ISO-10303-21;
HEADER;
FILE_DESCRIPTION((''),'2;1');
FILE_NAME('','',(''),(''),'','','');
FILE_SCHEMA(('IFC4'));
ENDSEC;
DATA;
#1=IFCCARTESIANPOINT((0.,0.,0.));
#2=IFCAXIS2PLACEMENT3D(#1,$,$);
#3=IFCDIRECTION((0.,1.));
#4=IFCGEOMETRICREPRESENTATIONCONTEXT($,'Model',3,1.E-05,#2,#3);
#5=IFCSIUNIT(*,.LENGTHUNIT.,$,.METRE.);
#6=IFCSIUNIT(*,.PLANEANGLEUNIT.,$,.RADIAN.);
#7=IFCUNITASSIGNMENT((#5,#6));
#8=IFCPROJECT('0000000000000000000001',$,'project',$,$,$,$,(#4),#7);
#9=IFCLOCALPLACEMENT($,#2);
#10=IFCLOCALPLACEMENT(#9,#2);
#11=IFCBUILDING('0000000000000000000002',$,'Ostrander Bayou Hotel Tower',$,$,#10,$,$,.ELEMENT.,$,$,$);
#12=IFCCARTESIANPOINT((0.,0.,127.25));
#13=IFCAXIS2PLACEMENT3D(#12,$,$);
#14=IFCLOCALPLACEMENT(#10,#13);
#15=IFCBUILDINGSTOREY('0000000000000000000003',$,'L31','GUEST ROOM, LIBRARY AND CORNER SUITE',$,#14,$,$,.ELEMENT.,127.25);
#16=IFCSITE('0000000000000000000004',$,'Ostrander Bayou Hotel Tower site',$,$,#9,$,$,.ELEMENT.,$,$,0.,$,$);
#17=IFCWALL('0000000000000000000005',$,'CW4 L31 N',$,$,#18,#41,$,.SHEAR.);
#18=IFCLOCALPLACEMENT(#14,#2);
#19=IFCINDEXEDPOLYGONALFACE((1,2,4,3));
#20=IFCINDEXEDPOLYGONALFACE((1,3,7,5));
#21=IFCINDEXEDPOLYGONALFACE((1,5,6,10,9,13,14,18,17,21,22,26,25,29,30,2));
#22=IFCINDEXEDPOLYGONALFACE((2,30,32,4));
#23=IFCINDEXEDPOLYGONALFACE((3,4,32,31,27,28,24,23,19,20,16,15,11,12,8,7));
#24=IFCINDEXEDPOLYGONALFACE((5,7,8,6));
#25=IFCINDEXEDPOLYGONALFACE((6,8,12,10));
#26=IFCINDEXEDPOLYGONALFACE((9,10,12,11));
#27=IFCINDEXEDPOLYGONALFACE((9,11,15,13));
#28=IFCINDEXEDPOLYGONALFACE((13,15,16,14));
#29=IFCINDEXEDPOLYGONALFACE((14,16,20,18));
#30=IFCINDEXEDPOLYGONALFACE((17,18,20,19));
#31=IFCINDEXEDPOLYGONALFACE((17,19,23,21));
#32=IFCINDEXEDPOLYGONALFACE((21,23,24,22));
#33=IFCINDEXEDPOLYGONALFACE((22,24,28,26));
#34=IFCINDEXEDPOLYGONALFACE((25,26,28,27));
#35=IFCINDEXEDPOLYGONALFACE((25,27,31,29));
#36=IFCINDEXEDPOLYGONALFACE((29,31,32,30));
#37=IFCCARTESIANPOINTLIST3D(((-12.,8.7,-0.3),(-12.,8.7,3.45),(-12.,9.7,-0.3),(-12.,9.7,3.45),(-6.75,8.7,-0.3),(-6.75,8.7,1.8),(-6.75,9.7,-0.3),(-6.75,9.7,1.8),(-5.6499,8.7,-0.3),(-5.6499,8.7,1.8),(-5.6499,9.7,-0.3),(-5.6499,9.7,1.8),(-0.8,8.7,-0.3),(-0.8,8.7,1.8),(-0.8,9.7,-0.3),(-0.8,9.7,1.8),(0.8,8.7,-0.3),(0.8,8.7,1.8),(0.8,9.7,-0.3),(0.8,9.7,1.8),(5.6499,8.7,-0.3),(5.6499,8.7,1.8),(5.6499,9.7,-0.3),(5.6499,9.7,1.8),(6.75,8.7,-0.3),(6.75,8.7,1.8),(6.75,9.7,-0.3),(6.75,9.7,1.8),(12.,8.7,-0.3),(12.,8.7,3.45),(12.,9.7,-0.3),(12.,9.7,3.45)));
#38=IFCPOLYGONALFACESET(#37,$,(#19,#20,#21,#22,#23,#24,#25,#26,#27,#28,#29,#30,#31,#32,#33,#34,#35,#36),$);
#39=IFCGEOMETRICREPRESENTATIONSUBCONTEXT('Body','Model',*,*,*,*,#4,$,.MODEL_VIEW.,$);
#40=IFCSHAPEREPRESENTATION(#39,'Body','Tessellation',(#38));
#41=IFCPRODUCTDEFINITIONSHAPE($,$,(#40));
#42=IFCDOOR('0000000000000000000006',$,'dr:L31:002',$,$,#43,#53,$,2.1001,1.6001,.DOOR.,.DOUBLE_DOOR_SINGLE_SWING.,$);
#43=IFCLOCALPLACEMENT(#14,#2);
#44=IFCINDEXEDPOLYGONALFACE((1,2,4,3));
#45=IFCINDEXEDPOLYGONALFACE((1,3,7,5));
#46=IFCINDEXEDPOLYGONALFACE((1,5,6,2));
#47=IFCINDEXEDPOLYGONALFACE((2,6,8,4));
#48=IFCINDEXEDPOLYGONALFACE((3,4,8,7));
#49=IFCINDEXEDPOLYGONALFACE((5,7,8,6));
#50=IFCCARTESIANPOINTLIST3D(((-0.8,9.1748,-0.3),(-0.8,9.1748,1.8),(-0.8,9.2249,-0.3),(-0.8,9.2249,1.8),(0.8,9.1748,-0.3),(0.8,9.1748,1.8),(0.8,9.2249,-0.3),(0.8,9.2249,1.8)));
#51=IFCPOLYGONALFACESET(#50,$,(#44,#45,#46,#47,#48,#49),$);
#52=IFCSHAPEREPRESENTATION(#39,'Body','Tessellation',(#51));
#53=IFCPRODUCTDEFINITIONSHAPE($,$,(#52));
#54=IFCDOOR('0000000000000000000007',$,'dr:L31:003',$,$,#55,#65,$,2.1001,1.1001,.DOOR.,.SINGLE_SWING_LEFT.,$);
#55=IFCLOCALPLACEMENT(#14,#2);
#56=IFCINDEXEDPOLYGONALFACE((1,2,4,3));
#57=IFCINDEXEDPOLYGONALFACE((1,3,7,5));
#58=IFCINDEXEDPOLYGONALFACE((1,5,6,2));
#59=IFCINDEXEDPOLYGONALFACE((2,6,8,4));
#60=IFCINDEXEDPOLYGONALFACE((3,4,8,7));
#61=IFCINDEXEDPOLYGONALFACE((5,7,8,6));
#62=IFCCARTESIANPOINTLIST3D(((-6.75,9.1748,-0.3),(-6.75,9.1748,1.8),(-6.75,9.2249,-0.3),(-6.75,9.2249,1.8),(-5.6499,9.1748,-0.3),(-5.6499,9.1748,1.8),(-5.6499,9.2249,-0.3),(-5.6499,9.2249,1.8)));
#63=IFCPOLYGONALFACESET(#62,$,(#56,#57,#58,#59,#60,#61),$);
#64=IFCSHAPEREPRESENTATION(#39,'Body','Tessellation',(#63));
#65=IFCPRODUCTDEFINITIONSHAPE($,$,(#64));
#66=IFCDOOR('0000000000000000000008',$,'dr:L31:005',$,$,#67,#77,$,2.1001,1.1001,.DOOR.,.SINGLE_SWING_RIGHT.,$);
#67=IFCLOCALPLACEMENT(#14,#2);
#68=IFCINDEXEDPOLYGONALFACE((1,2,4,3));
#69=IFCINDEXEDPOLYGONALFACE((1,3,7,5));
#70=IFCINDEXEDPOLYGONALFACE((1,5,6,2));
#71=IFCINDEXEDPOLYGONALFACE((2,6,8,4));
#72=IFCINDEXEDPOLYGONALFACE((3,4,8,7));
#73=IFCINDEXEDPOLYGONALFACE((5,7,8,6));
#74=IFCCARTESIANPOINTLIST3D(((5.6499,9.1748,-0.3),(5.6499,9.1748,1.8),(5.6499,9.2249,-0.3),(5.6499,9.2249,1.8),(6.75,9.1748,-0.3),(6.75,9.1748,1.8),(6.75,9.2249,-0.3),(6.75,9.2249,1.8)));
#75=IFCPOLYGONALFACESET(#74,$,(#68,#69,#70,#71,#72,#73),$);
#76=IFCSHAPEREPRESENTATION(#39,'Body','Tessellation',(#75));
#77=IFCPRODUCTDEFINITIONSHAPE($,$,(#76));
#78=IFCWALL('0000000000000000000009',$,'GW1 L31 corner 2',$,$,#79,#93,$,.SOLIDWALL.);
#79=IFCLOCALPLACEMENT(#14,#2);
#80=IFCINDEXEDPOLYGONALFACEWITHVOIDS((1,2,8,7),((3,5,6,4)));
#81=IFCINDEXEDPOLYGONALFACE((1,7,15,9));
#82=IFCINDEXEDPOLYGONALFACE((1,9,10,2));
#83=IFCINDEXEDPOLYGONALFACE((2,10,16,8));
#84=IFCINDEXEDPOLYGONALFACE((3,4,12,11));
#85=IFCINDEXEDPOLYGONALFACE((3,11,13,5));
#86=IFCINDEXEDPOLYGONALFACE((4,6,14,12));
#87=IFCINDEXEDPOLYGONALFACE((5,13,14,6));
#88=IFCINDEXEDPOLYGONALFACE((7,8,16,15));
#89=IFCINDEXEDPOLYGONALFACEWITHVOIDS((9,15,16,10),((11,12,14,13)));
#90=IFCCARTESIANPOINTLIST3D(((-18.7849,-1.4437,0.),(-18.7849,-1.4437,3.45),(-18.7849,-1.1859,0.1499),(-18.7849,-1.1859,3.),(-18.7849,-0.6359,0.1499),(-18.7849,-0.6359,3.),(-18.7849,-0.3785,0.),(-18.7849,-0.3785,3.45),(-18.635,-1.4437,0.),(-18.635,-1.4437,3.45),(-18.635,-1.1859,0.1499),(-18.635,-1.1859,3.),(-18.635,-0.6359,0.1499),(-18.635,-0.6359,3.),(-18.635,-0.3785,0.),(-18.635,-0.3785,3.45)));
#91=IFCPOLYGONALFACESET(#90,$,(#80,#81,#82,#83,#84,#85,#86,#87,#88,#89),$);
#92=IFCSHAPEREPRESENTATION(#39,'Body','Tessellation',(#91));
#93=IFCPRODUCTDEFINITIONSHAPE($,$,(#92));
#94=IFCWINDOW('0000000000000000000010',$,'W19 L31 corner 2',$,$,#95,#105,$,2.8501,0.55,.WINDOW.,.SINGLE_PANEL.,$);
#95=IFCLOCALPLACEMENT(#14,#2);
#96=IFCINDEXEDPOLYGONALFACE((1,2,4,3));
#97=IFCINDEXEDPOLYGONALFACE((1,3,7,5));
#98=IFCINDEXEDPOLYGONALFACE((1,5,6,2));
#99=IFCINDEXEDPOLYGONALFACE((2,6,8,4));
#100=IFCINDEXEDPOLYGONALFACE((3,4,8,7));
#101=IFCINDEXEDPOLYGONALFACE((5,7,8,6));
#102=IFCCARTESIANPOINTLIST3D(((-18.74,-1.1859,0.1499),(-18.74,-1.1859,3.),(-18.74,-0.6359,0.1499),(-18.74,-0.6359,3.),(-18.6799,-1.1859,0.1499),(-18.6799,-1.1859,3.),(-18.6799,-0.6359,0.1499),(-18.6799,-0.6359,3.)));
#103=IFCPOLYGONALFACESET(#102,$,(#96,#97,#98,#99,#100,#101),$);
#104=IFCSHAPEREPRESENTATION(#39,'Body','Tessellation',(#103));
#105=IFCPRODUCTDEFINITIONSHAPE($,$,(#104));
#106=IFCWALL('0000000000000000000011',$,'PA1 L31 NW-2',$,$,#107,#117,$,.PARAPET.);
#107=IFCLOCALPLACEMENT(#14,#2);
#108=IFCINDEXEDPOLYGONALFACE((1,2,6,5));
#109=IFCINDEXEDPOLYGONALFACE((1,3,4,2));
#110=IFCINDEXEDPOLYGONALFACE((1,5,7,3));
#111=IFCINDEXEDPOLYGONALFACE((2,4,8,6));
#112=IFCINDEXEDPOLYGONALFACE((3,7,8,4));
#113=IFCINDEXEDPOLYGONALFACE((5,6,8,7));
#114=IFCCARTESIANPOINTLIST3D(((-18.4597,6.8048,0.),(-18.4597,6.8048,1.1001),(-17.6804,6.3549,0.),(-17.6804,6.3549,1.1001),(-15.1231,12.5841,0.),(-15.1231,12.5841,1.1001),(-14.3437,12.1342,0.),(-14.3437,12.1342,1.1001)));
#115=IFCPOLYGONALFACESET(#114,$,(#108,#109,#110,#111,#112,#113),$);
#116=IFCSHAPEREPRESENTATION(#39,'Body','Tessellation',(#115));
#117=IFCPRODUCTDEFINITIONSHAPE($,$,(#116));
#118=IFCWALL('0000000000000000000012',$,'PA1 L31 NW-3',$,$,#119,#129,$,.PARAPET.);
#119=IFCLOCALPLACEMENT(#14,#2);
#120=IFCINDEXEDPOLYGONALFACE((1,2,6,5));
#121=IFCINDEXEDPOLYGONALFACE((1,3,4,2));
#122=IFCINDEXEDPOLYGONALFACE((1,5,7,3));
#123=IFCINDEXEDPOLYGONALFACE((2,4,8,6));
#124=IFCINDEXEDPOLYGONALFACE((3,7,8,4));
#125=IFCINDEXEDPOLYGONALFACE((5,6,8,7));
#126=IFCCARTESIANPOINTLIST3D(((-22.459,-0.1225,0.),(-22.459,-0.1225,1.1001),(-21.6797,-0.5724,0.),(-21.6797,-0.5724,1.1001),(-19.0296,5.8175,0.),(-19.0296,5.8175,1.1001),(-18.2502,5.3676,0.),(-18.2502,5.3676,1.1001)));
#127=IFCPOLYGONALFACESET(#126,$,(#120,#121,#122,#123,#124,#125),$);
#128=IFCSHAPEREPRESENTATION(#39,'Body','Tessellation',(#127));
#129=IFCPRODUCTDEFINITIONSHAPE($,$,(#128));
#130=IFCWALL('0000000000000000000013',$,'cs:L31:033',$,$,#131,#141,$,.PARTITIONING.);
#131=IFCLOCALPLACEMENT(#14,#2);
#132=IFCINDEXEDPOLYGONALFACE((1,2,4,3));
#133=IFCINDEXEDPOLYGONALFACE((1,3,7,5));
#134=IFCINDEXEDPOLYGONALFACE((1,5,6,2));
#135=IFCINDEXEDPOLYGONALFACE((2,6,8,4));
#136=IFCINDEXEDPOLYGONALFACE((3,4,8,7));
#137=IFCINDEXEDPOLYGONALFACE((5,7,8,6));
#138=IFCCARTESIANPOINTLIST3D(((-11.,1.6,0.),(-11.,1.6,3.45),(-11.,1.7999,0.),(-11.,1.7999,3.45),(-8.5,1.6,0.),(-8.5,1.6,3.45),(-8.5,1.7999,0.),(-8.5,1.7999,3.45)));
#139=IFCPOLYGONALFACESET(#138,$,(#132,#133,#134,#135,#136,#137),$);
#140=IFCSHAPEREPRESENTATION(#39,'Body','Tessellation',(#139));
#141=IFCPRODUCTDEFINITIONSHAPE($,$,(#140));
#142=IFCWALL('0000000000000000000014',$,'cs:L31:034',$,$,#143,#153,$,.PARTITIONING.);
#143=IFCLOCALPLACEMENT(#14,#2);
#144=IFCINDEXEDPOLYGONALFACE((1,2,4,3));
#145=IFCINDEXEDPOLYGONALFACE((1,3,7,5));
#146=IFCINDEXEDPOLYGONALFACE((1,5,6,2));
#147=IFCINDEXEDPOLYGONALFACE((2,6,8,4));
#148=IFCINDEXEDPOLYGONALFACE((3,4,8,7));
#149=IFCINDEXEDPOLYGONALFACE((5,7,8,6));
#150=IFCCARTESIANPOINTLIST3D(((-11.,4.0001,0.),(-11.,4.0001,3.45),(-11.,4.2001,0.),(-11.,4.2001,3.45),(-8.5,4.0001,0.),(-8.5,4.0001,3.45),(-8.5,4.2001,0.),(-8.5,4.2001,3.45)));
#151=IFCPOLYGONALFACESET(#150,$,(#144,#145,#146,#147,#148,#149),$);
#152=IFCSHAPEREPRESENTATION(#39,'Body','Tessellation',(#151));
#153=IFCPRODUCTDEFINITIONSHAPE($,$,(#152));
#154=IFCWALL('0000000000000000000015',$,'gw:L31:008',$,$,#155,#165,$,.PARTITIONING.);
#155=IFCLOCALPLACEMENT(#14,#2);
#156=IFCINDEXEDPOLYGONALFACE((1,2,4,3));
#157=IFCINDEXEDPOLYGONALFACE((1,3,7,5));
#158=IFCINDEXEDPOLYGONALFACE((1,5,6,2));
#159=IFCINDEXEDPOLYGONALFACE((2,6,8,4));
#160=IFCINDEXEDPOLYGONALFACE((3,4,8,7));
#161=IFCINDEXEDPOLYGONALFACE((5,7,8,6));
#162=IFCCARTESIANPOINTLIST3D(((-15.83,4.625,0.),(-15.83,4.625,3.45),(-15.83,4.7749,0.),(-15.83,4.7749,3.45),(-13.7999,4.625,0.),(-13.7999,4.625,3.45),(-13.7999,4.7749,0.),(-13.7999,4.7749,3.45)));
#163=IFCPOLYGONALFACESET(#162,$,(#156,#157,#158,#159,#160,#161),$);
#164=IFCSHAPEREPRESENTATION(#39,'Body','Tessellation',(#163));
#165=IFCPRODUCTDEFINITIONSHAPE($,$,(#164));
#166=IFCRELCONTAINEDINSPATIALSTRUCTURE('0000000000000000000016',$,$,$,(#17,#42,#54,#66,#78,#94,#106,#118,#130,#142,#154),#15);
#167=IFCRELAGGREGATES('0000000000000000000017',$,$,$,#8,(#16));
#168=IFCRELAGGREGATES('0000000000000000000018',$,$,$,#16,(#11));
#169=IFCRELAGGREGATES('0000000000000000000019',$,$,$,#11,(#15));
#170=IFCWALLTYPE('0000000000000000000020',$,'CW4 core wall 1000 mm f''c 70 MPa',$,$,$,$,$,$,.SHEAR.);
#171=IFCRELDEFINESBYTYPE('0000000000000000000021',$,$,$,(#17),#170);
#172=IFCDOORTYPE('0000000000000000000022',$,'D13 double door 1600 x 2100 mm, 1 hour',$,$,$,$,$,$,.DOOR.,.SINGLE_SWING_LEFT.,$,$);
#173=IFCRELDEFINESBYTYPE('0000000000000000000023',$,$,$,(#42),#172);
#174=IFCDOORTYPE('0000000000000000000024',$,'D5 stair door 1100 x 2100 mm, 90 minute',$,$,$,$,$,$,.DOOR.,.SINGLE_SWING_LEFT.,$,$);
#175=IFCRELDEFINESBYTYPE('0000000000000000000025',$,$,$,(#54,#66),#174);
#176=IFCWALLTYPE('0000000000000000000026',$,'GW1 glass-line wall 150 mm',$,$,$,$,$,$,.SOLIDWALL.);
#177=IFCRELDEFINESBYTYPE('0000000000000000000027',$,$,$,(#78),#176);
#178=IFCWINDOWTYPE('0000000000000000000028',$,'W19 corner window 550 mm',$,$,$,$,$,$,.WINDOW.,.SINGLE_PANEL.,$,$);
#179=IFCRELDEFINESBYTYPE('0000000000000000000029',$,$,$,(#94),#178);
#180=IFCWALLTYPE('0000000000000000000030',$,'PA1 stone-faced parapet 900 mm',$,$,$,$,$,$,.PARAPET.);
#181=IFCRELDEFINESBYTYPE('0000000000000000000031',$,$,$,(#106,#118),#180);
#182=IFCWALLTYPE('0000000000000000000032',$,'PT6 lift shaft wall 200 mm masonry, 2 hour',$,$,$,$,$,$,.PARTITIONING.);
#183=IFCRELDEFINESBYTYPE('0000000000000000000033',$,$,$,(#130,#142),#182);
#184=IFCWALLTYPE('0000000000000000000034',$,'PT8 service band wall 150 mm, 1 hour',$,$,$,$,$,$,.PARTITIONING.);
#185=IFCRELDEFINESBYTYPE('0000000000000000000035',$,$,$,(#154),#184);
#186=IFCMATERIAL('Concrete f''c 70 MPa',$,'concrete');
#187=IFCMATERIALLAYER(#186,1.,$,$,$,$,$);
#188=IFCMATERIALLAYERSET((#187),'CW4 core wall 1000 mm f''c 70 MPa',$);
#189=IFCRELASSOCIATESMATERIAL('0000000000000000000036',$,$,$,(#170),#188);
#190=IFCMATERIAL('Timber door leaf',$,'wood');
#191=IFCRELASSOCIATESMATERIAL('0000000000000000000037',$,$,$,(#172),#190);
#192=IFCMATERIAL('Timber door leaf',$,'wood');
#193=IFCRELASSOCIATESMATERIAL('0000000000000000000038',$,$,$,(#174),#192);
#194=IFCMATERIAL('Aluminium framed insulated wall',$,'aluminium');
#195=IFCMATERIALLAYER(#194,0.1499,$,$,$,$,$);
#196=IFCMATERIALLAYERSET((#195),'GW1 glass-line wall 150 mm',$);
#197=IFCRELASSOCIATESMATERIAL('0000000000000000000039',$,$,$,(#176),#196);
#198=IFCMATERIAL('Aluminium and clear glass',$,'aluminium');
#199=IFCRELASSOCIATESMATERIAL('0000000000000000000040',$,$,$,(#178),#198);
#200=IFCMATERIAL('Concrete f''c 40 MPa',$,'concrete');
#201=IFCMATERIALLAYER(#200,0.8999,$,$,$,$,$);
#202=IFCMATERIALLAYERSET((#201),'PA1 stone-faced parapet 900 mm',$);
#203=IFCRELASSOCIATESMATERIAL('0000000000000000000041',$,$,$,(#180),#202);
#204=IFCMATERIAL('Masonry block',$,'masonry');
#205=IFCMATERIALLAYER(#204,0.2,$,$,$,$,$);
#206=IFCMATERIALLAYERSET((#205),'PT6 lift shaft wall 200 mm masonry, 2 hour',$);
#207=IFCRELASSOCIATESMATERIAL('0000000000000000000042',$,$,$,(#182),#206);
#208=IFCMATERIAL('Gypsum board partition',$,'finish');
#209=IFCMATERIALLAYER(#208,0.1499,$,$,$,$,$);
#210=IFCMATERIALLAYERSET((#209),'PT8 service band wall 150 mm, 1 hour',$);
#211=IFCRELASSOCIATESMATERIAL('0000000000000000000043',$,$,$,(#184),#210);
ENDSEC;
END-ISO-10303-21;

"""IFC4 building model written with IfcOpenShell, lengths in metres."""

from ifc_helpers import new_model, si_unit, direction, frame, frame_2d, origin, place, context, subcontext, project, spatial, rectangle, extrude, material, layer, layer_set, type_object, element, fill, save


model = new_model("IFC4")

# Units and contexts
model_context = context("Model", 3, precision=1e-05, world=origin(), true_north=direction((0.0, 1.0)))
body_context = subcontext(model_context, "Body", "Model", "MODEL_VIEW")
ifc_project = project(units=[si_unit("LENGTHUNIT", "METRE"), si_unit("PLANEANGLEUNIT", "RADIAN")], contexts=[model_context])

# Site, building, storey
site_placement = place(None, origin())
site = spatial("IfcSite", under=ifc_project, at=site_placement, Name="Ostrander Bayou Hotel Tower site", CompositionType="ELEMENT", RefElevation=0.0)
building_placement = place(site_placement, origin())
building = spatial("IfcBuilding", under=site, at=building_placement, Name="Ostrander Bayou Hotel Tower", CompositionType="ELEMENT")
storey_placement = place(building_placement, frame((0.0, 0.0, 127.25)))
storey = spatial("IfcBuildingStorey", under=building, at=storey_placement, Name="L31", Description="GUEST ROOM, LIBRARY AND CORNER SUITE", CompositionType="ELEMENT", Elevation=127.25)

# Wall, openings, doors
ifc_material_1 = material(Name="Concrete f'c 70 MPa", Category="concrete")
ifc_layer_1 = layer(ifc_material_1, 1.0)
ifc_layer_set_1 = layer_set([ifc_layer_1], Name="CW4 core wall 1000 mm f'c 70 MPa")
wall_type_1 = type_object("IfcWallType", Name="CW4 core wall 1000 mm f'c 70 MPa", PredefinedType="SHEAR", material=ifc_layer_set_1)
wall_1_placement = place(storey_placement, frame((-12.0, 9.2, -0.3), z_axis=(0.0, 0.0, 1.0), x_axis=(1.0, 0.0, 0.0)))
wall_1 = element("IfcWall", 1, at=wall_1_placement, inside=storey, type_object=wall_type_1, Name="CW4 L31 N", PredefinedType="SHEAR", context=body_context, shape_type="SweptSolid", body=[
    extrude(rectangle(XDim=24.0, YDim=1.0, at=frame_2d((12.0, 0.0))), origin(), (0.0, 0.0, 1.0), 3.75),
])
opening_1_placement = place(wall_1_placement, frame((11.2, 0.0, 0.0)))
opening_1 = element("IfcOpeningElement", 2, at=opening_1_placement, cuts=wall_1, PredefinedType="OPENING", context=body_context, shape_type="SweptSolid", body=[
    extrude(rectangle(XDim=1.6001, YDim=2.1001, at=frame_2d((0.8, 1.05))), frame((0.0, 0.5, 0.0), z_axis=(0.0, -1.0, 0.0), x_axis=(1.0, 0.0, 0.0)), (0.0, 0.0, 1.0), 1.0),
])
opening_2_placement = place(wall_1_placement, frame((5.25, 0.0, 0.0)))
opening_2 = element("IfcOpeningElement", 3, at=opening_2_placement, cuts=wall_1, PredefinedType="OPENING", context=body_context, shape_type="SweptSolid", body=[
    extrude(rectangle(XDim=1.1001, YDim=2.1001, at=frame_2d((0.55, 1.05))), frame((0.0, 0.5, 0.0), z_axis=(0.0, -1.0, 0.0), x_axis=(1.0, 0.0, 0.0)), (0.0, 0.0, 1.0), 1.0),
])
opening_3_placement = place(wall_1_placement, frame((17.6499, 0.0, 0.0)))
opening_3 = element("IfcOpeningElement", 4, at=opening_3_placement, cuts=wall_1, PredefinedType="OPENING", context=body_context, shape_type="SweptSolid", body=[
    extrude(rectangle(XDim=1.1001, YDim=2.1001, at=frame_2d((0.55, 1.05))), frame((0.0, 0.5, 0.0), z_axis=(0.0, -1.0, 0.0), x_axis=(1.0, 0.0, 0.0)), (0.0, 0.0, 1.0), 1.0),
])
ifc_material_2 = material(Name="Timber door leaf", Category="wood")
door_type_1 = type_object("IfcDoorType", Name="D13 double door 1600 x 2100 mm, 1 hour", OperationType="SINGLE_SWING_LEFT", PredefinedType="DOOR", material=ifc_material_2)
door_1_placement = place(opening_1_placement, origin())
door_1 = element("IfcDoor", 5, at=door_1_placement, inside=storey, type_object=door_type_1, Name="dr:L31:002", OperationType="DOUBLE_DOOR_SINGLE_SWING", OverallHeight=2.1001, OverallWidth=1.6001, PredefinedType="DOOR", context=body_context, shape_type="SweptSolid", body=[
    extrude(rectangle(XDim=1.6001, YDim=2.1001, at=frame_2d((0.8, 1.05))), frame((0.0, 0.0249, 0.0), z_axis=(0.0, -1.0, 0.0), x_axis=(1.0, 0.0, 0.0)), (0.0, 0.0, 1.0), 0.05),
])
fill(opening_1, door_1)
ifc_material_3 = material(Name="Timber door leaf", Category="wood")
door_type_2 = type_object("IfcDoorType", Name="D5 stair door 1100 x 2100 mm, 90 minute", OperationType="SINGLE_SWING_LEFT", PredefinedType="DOOR", material=ifc_material_3)
door_2_placement = place(opening_2_placement, origin())
door_2 = element("IfcDoor", 6, at=door_2_placement, inside=storey, type_object=door_type_2, Name="dr:L31:003", OperationType="SINGLE_SWING_LEFT", OverallHeight=2.1001, OverallWidth=1.1001, PredefinedType="DOOR", context=body_context, shape_type="SweptSolid", body=[
    extrude(rectangle(XDim=1.1001, YDim=2.1001, at=frame_2d((0.55, 1.05))), frame((0.0, 0.0249, 0.0), z_axis=(0.0, -1.0, 0.0), x_axis=(1.0, 0.0, 0.0)), (0.0, 0.0, 1.0), 0.05),
])
fill(opening_2, door_2)
door_3_placement = place(opening_3_placement, origin())
door_3 = element("IfcDoor", 7, at=door_3_placement, inside=storey, type_object=door_type_2, Name="dr:L31:005", OperationType="SINGLE_SWING_RIGHT", OverallHeight=2.1001, OverallWidth=1.1001, PredefinedType="DOOR", context=body_context, shape_type="SweptSolid", body=[
    extrude(rectangle(XDim=1.1001, YDim=2.1001, at=frame_2d((0.55, 1.05))), frame((0.0, 0.0249, 0.0), z_axis=(0.0, -1.0, 0.0), x_axis=(1.0, 0.0, 0.0)), (0.0, 0.0, 1.0), 0.05),
])
fill(opening_3, door_3)

# Wall, opening, window
ifc_material_4 = material(Name="Aluminium framed insulated wall", Category="aluminium")
ifc_layer_2 = layer(ifc_material_4, 0.1499)
ifc_layer_set_2 = layer_set([ifc_layer_2], Name="GW1 glass-line wall 150 mm")
wall_type_2 = type_object("IfcWallType", Name="GW1 glass-line wall 150 mm", PredefinedType="SOLIDWALL", material=ifc_layer_set_2)
wall_2_placement = place(storey_placement, frame((-18.71, -0.3784, 0.0), z_axis=(0.0, 0.0, 1.0), x_axis=(0.0, -1.0, 0.0)))
wall_2 = element("IfcWall", 8, at=wall_2_placement, inside=storey, type_object=wall_type_2, Name="GW1 L31 corner 2", PredefinedType="SOLIDWALL", context=body_context, shape_type="SweptSolid", body=[
    extrude(rectangle(XDim=1.0652, YDim=0.1499, at=frame_2d((0.5327, 0.0))), origin(), (0.0, 0.0, 1.0), 3.45),
])
opening_4_placement = place(wall_2_placement, frame((0.2576, 0.0, 0.1499)))
opening_4 = element("IfcOpeningElement", 9, at=opening_4_placement, cuts=wall_2, PredefinedType="OPENING", context=body_context, shape_type="SweptSolid", body=[
    extrude(rectangle(XDim=0.55, YDim=2.8501, at=frame_2d((0.2749, 1.425))), frame((0.0, 0.075, 0.0), z_axis=(0.0, -1.0, 0.0), x_axis=(1.0, 0.0, 0.0)), (0.0, 0.0, 1.0), 0.1499),
])
ifc_material_5 = material(Name="Aluminium and clear glass", Category="aluminium")
window_type = type_object("IfcWindowType", Name="W19 corner window 550 mm", PartitioningType="SINGLE_PANEL", PredefinedType="WINDOW", material=ifc_material_5)
window_placement = place(opening_4_placement, origin())
window = element("IfcWindow", 10, at=window_placement, inside=storey, type_object=window_type, Name="W19 L31 corner 2", OverallHeight=2.8501, OverallWidth=0.55, PartitioningType="SINGLE_PANEL", PredefinedType="WINDOW", context=body_context, shape_type="SweptSolid", body=[
    extrude(rectangle(XDim=0.55, YDim=2.8501, at=frame_2d((0.2749, 1.425))), frame((0.0, 0.03, 0.0), z_axis=(0.0, -1.0, 0.0), x_axis=(1.0, 0.0, 0.0)), (0.0, 0.0, 1.0), 0.0601),
])
fill(opening_4, window)

# Walls
ifc_material_6 = material(Name="Concrete f'c 40 MPa", Category="concrete")
ifc_layer_3 = layer(ifc_material_6, 0.8999)
ifc_layer_set_3 = layer_set([ifc_layer_3], Name="PA1 stone-faced parapet 900 mm")
wall_type_3 = type_object("IfcWallType", Name="PA1 stone-faced parapet 900 mm", PredefinedType="PARAPET", material=ifc_layer_set_3)
wall_3_placement = place(storey_placement, frame((-14.7334, 12.3591, 0.0), z_axis=(0.0, 0.0, 1.0), x_axis=(-0.499999, -0.866026, 0.0)))
element("IfcWall", 11, at=wall_3_placement, inside=storey, type_object=wall_type_3, Name="PA1 L31 NW-2", PredefinedType="PARAPET", context=body_context, shape_type="SweptSolid", body=[
    extrude(rectangle(XDim=6.6733, YDim=0.8999, at=frame_2d((3.3367, 0.0))), origin(), (0.0, 0.0, 1.0), 1.1001),
])
wall_4_placement = place(storey_placement, frame((-18.6399, 5.5925, 0.0), z_axis=(0.0, 0.0, 1.0), x_axis=(-0.500002, -0.866024, 0.0)))
element("IfcWall", 12, at=wall_4_placement, inside=storey, type_object=wall_type_3, Name="PA1 L31 NW-3", PredefinedType="PARAPET", context=body_context, shape_type="SweptSolid", body=[
    extrude(rectangle(XDim=6.8589, YDim=0.8999, at=frame_2d((3.4294, 0.0))), origin(), (0.0, 0.0, 1.0), 1.1001),
])
ifc_material_7 = material(Name="Masonry block", Category="masonry")
ifc_layer_4 = layer(ifc_material_7, 0.2)
ifc_layer_set_4 = layer_set([ifc_layer_4], Name="PT6 lift shaft wall 200 mm masonry, 2 hour")
wall_type_4 = type_object("IfcWallType", Name="PT6 lift shaft wall 200 mm masonry, 2 hour", PredefinedType="PARTITIONING", material=ifc_layer_set_4)
for number, where, z_axis, x_axis, name in (
    (13, (-11.0, 1.7, 0.0), (0.0, 0.0, 1.0), (1.0, 0.0, 0.0), "cs:L31:033"),
    (14, (-11.0, 4.1001, 0.0), (0.0, 0.0, 1.0), (1.0, 0.0, 0.0), "cs:L31:034"),
):
    element("IfcWall", number, at=place(storey_placement, frame(where, z_axis=z_axis, x_axis=x_axis)), inside=storey, type_object=wall_type_4, Name=name, PredefinedType="PARTITIONING", context=body_context, shape_type="SweptSolid", body=[
        extrude(rectangle(XDim=2.5, YDim=0.2, at=frame_2d((1.25, 0.0))), origin(), (0.0, 0.0, 1.0), 3.45),
    ])
ifc_material_8 = material(Name="Gypsum board partition", Category="finish")
ifc_layer_5 = layer(ifc_material_8, 0.1499)
ifc_layer_set_5 = layer_set([ifc_layer_5], Name="PT8 service band wall 150 mm, 1 hour")
wall_type_5 = type_object("IfcWallType", Name="PT8 service band wall 150 mm, 1 hour", PredefinedType="PARTITIONING", material=ifc_layer_set_5)
wall_5_placement = place(storey_placement, frame((-15.8301, 4.7, 0.0), z_axis=(0.0, 0.0, 1.0), x_axis=(1.0, 0.0, 0.0)))
element("IfcWall", 15, at=wall_5_placement, inside=storey, type_object=wall_type_5, Name="gw:L31:008", PredefinedType="PARTITIONING", context=body_context, shape_type="SweptSolid", body=[
    extrude(rectangle(XDim=2.03, YDim=0.1499, at=frame_2d((1.0151, 0.0))), origin(), (0.0, 0.0, 1.0), 3.45),
])

save(model, "model.ifc")
